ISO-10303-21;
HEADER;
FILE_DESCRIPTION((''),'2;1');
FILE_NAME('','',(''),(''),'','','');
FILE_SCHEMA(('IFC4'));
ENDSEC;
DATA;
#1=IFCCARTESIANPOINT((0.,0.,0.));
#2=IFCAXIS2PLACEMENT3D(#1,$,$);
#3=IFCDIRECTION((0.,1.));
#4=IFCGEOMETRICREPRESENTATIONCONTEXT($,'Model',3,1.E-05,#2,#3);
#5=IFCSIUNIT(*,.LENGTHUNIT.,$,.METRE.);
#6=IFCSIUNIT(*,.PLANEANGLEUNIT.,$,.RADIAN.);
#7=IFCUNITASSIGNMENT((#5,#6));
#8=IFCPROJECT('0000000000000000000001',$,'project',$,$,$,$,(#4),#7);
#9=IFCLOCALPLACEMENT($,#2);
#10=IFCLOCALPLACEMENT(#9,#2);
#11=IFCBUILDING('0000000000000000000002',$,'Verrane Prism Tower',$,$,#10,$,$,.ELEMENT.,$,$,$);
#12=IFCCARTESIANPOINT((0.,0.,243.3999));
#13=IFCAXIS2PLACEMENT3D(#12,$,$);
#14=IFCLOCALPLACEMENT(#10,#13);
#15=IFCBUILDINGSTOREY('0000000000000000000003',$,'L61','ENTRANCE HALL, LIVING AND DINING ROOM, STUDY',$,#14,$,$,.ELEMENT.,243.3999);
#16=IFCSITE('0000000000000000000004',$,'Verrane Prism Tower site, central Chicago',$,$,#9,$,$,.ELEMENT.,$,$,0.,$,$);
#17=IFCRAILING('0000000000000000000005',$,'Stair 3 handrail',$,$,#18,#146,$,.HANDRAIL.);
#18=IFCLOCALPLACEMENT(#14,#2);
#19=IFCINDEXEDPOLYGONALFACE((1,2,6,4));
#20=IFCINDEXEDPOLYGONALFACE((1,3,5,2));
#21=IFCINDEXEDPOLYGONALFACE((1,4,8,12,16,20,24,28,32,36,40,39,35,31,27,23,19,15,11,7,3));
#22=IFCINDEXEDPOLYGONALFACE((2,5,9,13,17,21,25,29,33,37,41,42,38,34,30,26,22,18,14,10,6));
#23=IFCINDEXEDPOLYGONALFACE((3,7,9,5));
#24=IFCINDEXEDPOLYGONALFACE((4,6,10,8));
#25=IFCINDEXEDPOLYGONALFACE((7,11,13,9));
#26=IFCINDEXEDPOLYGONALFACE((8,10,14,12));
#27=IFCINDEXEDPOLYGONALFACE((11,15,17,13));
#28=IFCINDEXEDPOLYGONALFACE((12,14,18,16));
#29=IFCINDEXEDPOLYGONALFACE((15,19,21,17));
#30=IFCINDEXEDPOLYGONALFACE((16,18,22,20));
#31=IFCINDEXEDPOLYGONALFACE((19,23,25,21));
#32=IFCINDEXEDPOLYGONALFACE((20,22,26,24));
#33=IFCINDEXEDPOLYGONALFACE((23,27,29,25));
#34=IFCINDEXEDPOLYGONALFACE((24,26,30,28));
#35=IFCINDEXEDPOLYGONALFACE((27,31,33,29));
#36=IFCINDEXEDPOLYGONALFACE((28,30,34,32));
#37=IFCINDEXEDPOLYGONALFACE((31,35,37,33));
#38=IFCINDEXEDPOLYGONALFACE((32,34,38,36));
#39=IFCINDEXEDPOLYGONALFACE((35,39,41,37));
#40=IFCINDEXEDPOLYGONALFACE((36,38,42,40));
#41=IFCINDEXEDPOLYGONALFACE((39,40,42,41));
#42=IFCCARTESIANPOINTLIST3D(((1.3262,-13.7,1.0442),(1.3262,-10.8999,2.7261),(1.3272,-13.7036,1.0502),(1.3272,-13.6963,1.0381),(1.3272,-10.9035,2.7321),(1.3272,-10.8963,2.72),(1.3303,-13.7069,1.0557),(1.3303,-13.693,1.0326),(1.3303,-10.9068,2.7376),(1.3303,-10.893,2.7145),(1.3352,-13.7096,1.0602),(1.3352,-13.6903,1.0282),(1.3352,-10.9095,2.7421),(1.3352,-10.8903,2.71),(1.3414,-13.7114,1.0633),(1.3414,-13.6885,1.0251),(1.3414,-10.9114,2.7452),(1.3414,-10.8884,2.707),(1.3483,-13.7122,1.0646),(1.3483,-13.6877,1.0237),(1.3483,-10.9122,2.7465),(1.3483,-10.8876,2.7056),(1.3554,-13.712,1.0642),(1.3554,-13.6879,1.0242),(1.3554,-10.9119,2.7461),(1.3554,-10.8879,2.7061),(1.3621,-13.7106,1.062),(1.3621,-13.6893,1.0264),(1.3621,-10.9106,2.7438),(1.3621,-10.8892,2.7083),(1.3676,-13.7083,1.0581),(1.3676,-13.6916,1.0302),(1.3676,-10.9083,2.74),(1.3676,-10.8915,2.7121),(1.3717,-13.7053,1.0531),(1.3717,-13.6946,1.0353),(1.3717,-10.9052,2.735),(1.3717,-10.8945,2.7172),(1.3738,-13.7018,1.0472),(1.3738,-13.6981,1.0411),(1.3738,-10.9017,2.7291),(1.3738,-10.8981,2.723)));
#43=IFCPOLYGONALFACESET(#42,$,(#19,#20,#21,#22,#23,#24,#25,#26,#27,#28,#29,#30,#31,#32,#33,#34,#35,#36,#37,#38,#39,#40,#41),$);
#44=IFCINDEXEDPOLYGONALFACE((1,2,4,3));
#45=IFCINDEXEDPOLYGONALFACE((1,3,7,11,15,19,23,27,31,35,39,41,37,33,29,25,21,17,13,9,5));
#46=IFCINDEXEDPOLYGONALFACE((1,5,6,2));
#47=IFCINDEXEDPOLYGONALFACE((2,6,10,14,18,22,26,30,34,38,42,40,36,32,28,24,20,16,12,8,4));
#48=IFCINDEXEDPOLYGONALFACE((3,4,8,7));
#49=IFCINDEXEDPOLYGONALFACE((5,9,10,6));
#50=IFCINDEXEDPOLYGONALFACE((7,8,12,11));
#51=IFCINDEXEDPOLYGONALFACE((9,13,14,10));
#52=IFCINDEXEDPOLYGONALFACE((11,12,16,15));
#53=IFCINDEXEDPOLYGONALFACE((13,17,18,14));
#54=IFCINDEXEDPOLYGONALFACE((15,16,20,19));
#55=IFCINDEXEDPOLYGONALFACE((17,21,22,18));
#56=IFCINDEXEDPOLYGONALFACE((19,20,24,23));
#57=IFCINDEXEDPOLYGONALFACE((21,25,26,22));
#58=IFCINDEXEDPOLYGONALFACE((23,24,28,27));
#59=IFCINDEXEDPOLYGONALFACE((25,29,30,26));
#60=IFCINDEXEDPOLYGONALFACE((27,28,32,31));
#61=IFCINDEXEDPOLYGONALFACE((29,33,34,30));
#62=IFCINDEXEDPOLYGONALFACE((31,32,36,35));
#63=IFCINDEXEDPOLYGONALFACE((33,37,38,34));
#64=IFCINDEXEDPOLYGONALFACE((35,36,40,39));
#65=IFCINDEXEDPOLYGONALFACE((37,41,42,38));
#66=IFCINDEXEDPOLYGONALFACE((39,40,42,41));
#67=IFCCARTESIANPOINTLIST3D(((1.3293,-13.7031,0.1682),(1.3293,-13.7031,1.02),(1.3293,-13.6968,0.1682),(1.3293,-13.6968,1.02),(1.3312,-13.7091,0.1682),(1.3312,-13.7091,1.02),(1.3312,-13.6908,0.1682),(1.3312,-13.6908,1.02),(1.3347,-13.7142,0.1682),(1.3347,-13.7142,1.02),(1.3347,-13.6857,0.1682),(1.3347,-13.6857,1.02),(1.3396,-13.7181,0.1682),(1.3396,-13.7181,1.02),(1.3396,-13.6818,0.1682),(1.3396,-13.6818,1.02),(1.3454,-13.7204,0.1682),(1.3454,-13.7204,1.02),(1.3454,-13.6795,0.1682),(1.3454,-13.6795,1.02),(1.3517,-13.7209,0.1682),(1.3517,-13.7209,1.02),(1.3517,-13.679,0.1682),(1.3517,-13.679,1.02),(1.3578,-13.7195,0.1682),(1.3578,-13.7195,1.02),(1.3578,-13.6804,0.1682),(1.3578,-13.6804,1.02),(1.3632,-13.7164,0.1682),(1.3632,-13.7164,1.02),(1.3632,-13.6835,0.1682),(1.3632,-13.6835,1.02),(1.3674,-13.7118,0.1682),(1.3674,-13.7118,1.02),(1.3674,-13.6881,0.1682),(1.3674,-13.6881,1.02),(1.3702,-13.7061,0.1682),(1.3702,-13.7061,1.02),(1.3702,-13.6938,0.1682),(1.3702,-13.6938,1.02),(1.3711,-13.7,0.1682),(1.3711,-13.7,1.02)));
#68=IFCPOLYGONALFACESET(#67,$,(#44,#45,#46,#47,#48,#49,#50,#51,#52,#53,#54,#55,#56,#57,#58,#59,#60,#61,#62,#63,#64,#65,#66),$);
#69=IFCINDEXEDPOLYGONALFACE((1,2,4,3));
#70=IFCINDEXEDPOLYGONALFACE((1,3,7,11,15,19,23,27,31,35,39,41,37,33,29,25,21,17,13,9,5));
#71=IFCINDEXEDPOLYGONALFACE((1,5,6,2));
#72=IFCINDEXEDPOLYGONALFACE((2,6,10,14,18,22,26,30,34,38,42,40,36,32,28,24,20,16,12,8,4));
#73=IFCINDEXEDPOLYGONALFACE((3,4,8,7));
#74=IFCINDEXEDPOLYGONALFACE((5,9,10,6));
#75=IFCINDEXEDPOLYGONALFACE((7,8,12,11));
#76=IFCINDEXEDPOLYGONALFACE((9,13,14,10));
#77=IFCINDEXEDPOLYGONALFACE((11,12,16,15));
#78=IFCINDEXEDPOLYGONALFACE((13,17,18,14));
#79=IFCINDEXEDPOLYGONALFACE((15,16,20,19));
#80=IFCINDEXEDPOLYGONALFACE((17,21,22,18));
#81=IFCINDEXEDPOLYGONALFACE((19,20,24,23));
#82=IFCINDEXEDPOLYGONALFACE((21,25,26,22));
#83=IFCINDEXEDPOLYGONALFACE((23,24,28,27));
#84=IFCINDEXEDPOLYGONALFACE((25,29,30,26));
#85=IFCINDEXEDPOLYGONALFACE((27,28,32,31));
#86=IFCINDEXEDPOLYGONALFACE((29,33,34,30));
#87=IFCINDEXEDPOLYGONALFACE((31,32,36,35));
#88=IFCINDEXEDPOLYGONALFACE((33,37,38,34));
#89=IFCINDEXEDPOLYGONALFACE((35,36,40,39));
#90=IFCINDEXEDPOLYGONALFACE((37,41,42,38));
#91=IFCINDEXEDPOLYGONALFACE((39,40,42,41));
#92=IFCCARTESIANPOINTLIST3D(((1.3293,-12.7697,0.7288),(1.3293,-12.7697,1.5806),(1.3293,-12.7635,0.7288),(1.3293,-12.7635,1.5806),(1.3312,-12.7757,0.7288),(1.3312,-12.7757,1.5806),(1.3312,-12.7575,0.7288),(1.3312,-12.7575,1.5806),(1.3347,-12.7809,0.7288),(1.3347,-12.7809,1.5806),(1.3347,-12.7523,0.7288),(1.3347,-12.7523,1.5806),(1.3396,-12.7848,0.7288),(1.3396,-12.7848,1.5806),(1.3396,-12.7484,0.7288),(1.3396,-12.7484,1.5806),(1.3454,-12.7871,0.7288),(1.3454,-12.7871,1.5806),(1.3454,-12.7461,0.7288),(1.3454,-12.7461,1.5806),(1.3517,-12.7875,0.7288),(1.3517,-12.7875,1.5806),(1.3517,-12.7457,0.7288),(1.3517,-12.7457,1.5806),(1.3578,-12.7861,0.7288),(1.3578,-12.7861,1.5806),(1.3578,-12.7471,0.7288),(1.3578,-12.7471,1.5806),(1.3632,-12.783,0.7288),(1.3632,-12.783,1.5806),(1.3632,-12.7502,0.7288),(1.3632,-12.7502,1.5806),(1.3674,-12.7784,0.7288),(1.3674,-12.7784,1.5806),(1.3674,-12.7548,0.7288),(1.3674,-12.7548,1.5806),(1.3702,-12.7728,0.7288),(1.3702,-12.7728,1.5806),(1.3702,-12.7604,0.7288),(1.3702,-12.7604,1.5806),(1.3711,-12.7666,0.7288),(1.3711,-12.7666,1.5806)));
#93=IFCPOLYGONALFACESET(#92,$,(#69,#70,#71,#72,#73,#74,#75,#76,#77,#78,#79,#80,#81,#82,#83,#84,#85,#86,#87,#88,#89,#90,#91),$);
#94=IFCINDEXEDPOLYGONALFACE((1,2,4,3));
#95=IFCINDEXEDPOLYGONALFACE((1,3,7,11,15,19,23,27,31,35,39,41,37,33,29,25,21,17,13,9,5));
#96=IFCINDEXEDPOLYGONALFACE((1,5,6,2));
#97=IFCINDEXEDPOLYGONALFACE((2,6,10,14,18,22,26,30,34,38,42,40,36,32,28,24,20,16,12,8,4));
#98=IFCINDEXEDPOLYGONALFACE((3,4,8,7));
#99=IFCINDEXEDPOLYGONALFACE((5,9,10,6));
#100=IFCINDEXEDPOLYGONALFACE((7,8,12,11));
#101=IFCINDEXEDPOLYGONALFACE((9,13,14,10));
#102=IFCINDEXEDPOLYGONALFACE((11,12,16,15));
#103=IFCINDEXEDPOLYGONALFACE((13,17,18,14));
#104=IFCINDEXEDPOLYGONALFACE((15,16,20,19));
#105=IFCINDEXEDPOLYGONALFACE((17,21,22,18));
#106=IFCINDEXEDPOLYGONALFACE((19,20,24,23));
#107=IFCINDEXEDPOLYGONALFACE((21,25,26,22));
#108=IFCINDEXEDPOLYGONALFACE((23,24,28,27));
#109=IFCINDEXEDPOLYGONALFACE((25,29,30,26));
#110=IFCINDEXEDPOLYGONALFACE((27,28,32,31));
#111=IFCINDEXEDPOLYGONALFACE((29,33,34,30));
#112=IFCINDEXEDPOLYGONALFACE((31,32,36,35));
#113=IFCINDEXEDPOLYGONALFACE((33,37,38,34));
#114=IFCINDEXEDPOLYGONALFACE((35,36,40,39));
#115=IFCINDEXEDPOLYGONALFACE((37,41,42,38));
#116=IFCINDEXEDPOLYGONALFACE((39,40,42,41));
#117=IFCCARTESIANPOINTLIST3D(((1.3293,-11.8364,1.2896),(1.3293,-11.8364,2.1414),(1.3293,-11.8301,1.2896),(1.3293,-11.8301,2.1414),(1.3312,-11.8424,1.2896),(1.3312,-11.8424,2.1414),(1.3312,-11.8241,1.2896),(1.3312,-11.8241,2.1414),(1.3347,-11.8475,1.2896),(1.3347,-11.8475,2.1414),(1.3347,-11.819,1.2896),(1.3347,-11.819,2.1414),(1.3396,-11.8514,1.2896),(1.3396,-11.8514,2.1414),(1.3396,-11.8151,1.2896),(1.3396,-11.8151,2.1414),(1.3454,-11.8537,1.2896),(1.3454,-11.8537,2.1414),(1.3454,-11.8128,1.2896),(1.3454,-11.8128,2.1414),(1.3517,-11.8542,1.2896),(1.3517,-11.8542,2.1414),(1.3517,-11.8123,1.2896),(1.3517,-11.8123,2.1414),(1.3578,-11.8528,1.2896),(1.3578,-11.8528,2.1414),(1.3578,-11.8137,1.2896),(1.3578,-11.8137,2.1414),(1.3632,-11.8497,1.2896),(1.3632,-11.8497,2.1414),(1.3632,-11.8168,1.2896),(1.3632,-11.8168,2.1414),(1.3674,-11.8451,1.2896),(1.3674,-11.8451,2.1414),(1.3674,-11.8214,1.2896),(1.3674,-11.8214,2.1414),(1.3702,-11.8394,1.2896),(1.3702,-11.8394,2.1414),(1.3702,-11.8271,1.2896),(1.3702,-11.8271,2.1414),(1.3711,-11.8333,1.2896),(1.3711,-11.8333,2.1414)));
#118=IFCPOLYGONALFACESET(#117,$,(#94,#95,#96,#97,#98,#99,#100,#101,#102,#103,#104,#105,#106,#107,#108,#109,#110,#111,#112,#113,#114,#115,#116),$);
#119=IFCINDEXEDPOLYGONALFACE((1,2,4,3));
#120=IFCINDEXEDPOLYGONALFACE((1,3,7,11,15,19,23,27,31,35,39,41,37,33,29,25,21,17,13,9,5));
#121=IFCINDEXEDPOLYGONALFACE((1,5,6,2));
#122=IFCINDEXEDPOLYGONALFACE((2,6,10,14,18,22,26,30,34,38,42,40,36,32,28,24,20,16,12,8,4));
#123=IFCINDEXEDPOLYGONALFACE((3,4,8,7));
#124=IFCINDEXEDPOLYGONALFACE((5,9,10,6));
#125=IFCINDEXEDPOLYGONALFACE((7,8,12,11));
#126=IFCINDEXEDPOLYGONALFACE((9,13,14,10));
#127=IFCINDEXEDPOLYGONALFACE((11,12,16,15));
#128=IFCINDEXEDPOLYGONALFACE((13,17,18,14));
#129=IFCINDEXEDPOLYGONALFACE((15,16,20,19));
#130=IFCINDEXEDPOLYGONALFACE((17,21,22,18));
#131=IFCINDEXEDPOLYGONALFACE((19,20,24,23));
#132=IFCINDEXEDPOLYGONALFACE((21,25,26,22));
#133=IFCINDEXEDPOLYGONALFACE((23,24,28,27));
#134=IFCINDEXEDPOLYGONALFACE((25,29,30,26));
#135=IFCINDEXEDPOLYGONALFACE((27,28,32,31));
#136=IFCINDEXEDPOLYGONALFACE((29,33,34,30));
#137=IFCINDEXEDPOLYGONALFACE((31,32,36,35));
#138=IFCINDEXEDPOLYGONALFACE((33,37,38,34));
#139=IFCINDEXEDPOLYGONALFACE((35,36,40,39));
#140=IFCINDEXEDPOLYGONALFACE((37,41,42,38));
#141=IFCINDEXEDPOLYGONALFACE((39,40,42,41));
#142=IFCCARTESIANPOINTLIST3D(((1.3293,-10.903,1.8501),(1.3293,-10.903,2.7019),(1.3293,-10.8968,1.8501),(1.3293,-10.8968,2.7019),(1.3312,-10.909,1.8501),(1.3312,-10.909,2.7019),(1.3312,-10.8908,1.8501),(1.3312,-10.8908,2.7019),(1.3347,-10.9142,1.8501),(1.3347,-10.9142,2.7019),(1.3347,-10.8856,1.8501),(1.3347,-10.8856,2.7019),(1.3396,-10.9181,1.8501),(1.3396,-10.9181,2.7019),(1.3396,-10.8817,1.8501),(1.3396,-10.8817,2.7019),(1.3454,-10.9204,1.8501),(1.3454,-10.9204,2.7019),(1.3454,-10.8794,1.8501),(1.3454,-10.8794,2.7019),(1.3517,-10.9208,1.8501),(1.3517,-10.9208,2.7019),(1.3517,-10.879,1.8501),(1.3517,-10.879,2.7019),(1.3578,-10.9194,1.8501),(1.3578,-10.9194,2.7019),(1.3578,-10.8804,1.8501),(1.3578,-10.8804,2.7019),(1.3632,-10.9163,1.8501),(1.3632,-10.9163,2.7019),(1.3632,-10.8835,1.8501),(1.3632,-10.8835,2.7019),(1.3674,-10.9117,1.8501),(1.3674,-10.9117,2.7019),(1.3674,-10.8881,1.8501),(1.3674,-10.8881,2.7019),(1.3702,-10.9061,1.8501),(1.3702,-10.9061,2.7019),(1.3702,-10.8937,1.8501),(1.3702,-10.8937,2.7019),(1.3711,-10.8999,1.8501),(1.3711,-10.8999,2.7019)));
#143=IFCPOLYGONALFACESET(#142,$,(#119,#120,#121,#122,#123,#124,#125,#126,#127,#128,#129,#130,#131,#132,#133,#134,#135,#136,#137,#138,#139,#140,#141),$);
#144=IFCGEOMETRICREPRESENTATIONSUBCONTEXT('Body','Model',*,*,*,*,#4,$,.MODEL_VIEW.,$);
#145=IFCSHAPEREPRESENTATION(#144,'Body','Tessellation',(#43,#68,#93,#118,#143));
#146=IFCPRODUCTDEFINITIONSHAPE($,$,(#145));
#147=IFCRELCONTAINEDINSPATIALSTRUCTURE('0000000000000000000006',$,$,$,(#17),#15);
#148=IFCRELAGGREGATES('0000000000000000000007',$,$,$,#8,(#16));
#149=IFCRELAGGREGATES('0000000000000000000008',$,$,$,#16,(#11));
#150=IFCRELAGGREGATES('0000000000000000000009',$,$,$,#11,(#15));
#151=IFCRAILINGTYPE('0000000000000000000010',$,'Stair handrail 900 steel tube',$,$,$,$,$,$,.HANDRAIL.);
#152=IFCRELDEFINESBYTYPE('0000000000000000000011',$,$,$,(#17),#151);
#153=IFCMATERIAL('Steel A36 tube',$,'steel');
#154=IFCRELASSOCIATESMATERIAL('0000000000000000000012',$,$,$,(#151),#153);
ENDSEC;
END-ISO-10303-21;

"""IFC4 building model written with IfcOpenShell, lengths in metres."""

from ifc_helpers import new_model, si_unit, direction, frame, origin, origin_2d, place, context, subcontext, project, spatial, circle, extrude, material, type_object, element, save


model = new_model("IFC4")

# Units and contexts
model_context = context("Model", 3, precision=1e-05, world=origin(), true_north=direction((0.0, 1.0)))
body_context = subcontext(model_context, "Body", "Model", "MODEL_VIEW")
ifc_project = project(units=[si_unit("LENGTHUNIT", "METRE"), si_unit("PLANEANGLEUNIT", "RADIAN")], contexts=[model_context])

# Site, building, storey
site_placement = place(None, origin())
site = spatial("IfcSite", under=ifc_project, at=site_placement, Name="Verrane Prism Tower site, central Chicago", CompositionType="ELEMENT", RefElevation=0.0)
building_placement = place(site_placement, origin())
building = spatial("IfcBuilding", under=site, at=building_placement, Name="Verrane Prism Tower", CompositionType="ELEMENT")
storey_placement = place(building_placement, frame((0.0, 0.0, 243.3999)))
storey = spatial("IfcBuildingStorey", under=building, at=storey_placement, Name="L61", Description="ENTRANCE HALL, LIVING AND DINING ROOM, STUDY", CompositionType="ELEMENT", Elevation=243.3999)

# Railing
ifc_material_1 = material(Name="Steel A36 tube", Category="steel")
railing_type_1 = type_object("IfcRailingType", Name="Stair handrail 900 steel tube", PredefinedType="HANDRAIL", material=ifc_material_1)
railing_1_placement = place(storey_placement, frame((1.3501, -13.7, 0.1682)))
element("IfcRailing", 1, at=railing_1_placement, inside=storey, type_object=railing_type_1, Name="Stair 3 handrail", PredefinedType="HANDRAIL", context=body_context, shape_type="SweptSolid", body=[
    extrude(circle(Radius=0.0239, at=origin_2d()), frame((0.0, 0.0, 0.876), z_axis=(0.0, 0.857242, 0.514913), x_axis=(-1.0, 0.0, 0.0)), (0.0, 0.0, 1.0), 3.2664),
    extrude(circle(Radius=0.021, at=origin_2d()), origin(), (0.0, 0.0, 1.0), 0.8518),
    extrude(circle(Radius=0.021, at=origin_2d()), frame((0.0, 0.9333, 0.5605)), (0.0, 0.0, 1.0), 0.8518),
    extrude(circle(Radius=0.021, at=origin_2d()), frame((0.0, 1.8667, 1.1213)), (0.0, 0.0, 1.0), 0.8518),
    extrude(circle(Radius=0.021, at=origin_2d()), frame((0.0, 2.8, 1.6819)), (0.0, 0.0, 1.0), 0.8518),
])

save(model, "model.ifc")
